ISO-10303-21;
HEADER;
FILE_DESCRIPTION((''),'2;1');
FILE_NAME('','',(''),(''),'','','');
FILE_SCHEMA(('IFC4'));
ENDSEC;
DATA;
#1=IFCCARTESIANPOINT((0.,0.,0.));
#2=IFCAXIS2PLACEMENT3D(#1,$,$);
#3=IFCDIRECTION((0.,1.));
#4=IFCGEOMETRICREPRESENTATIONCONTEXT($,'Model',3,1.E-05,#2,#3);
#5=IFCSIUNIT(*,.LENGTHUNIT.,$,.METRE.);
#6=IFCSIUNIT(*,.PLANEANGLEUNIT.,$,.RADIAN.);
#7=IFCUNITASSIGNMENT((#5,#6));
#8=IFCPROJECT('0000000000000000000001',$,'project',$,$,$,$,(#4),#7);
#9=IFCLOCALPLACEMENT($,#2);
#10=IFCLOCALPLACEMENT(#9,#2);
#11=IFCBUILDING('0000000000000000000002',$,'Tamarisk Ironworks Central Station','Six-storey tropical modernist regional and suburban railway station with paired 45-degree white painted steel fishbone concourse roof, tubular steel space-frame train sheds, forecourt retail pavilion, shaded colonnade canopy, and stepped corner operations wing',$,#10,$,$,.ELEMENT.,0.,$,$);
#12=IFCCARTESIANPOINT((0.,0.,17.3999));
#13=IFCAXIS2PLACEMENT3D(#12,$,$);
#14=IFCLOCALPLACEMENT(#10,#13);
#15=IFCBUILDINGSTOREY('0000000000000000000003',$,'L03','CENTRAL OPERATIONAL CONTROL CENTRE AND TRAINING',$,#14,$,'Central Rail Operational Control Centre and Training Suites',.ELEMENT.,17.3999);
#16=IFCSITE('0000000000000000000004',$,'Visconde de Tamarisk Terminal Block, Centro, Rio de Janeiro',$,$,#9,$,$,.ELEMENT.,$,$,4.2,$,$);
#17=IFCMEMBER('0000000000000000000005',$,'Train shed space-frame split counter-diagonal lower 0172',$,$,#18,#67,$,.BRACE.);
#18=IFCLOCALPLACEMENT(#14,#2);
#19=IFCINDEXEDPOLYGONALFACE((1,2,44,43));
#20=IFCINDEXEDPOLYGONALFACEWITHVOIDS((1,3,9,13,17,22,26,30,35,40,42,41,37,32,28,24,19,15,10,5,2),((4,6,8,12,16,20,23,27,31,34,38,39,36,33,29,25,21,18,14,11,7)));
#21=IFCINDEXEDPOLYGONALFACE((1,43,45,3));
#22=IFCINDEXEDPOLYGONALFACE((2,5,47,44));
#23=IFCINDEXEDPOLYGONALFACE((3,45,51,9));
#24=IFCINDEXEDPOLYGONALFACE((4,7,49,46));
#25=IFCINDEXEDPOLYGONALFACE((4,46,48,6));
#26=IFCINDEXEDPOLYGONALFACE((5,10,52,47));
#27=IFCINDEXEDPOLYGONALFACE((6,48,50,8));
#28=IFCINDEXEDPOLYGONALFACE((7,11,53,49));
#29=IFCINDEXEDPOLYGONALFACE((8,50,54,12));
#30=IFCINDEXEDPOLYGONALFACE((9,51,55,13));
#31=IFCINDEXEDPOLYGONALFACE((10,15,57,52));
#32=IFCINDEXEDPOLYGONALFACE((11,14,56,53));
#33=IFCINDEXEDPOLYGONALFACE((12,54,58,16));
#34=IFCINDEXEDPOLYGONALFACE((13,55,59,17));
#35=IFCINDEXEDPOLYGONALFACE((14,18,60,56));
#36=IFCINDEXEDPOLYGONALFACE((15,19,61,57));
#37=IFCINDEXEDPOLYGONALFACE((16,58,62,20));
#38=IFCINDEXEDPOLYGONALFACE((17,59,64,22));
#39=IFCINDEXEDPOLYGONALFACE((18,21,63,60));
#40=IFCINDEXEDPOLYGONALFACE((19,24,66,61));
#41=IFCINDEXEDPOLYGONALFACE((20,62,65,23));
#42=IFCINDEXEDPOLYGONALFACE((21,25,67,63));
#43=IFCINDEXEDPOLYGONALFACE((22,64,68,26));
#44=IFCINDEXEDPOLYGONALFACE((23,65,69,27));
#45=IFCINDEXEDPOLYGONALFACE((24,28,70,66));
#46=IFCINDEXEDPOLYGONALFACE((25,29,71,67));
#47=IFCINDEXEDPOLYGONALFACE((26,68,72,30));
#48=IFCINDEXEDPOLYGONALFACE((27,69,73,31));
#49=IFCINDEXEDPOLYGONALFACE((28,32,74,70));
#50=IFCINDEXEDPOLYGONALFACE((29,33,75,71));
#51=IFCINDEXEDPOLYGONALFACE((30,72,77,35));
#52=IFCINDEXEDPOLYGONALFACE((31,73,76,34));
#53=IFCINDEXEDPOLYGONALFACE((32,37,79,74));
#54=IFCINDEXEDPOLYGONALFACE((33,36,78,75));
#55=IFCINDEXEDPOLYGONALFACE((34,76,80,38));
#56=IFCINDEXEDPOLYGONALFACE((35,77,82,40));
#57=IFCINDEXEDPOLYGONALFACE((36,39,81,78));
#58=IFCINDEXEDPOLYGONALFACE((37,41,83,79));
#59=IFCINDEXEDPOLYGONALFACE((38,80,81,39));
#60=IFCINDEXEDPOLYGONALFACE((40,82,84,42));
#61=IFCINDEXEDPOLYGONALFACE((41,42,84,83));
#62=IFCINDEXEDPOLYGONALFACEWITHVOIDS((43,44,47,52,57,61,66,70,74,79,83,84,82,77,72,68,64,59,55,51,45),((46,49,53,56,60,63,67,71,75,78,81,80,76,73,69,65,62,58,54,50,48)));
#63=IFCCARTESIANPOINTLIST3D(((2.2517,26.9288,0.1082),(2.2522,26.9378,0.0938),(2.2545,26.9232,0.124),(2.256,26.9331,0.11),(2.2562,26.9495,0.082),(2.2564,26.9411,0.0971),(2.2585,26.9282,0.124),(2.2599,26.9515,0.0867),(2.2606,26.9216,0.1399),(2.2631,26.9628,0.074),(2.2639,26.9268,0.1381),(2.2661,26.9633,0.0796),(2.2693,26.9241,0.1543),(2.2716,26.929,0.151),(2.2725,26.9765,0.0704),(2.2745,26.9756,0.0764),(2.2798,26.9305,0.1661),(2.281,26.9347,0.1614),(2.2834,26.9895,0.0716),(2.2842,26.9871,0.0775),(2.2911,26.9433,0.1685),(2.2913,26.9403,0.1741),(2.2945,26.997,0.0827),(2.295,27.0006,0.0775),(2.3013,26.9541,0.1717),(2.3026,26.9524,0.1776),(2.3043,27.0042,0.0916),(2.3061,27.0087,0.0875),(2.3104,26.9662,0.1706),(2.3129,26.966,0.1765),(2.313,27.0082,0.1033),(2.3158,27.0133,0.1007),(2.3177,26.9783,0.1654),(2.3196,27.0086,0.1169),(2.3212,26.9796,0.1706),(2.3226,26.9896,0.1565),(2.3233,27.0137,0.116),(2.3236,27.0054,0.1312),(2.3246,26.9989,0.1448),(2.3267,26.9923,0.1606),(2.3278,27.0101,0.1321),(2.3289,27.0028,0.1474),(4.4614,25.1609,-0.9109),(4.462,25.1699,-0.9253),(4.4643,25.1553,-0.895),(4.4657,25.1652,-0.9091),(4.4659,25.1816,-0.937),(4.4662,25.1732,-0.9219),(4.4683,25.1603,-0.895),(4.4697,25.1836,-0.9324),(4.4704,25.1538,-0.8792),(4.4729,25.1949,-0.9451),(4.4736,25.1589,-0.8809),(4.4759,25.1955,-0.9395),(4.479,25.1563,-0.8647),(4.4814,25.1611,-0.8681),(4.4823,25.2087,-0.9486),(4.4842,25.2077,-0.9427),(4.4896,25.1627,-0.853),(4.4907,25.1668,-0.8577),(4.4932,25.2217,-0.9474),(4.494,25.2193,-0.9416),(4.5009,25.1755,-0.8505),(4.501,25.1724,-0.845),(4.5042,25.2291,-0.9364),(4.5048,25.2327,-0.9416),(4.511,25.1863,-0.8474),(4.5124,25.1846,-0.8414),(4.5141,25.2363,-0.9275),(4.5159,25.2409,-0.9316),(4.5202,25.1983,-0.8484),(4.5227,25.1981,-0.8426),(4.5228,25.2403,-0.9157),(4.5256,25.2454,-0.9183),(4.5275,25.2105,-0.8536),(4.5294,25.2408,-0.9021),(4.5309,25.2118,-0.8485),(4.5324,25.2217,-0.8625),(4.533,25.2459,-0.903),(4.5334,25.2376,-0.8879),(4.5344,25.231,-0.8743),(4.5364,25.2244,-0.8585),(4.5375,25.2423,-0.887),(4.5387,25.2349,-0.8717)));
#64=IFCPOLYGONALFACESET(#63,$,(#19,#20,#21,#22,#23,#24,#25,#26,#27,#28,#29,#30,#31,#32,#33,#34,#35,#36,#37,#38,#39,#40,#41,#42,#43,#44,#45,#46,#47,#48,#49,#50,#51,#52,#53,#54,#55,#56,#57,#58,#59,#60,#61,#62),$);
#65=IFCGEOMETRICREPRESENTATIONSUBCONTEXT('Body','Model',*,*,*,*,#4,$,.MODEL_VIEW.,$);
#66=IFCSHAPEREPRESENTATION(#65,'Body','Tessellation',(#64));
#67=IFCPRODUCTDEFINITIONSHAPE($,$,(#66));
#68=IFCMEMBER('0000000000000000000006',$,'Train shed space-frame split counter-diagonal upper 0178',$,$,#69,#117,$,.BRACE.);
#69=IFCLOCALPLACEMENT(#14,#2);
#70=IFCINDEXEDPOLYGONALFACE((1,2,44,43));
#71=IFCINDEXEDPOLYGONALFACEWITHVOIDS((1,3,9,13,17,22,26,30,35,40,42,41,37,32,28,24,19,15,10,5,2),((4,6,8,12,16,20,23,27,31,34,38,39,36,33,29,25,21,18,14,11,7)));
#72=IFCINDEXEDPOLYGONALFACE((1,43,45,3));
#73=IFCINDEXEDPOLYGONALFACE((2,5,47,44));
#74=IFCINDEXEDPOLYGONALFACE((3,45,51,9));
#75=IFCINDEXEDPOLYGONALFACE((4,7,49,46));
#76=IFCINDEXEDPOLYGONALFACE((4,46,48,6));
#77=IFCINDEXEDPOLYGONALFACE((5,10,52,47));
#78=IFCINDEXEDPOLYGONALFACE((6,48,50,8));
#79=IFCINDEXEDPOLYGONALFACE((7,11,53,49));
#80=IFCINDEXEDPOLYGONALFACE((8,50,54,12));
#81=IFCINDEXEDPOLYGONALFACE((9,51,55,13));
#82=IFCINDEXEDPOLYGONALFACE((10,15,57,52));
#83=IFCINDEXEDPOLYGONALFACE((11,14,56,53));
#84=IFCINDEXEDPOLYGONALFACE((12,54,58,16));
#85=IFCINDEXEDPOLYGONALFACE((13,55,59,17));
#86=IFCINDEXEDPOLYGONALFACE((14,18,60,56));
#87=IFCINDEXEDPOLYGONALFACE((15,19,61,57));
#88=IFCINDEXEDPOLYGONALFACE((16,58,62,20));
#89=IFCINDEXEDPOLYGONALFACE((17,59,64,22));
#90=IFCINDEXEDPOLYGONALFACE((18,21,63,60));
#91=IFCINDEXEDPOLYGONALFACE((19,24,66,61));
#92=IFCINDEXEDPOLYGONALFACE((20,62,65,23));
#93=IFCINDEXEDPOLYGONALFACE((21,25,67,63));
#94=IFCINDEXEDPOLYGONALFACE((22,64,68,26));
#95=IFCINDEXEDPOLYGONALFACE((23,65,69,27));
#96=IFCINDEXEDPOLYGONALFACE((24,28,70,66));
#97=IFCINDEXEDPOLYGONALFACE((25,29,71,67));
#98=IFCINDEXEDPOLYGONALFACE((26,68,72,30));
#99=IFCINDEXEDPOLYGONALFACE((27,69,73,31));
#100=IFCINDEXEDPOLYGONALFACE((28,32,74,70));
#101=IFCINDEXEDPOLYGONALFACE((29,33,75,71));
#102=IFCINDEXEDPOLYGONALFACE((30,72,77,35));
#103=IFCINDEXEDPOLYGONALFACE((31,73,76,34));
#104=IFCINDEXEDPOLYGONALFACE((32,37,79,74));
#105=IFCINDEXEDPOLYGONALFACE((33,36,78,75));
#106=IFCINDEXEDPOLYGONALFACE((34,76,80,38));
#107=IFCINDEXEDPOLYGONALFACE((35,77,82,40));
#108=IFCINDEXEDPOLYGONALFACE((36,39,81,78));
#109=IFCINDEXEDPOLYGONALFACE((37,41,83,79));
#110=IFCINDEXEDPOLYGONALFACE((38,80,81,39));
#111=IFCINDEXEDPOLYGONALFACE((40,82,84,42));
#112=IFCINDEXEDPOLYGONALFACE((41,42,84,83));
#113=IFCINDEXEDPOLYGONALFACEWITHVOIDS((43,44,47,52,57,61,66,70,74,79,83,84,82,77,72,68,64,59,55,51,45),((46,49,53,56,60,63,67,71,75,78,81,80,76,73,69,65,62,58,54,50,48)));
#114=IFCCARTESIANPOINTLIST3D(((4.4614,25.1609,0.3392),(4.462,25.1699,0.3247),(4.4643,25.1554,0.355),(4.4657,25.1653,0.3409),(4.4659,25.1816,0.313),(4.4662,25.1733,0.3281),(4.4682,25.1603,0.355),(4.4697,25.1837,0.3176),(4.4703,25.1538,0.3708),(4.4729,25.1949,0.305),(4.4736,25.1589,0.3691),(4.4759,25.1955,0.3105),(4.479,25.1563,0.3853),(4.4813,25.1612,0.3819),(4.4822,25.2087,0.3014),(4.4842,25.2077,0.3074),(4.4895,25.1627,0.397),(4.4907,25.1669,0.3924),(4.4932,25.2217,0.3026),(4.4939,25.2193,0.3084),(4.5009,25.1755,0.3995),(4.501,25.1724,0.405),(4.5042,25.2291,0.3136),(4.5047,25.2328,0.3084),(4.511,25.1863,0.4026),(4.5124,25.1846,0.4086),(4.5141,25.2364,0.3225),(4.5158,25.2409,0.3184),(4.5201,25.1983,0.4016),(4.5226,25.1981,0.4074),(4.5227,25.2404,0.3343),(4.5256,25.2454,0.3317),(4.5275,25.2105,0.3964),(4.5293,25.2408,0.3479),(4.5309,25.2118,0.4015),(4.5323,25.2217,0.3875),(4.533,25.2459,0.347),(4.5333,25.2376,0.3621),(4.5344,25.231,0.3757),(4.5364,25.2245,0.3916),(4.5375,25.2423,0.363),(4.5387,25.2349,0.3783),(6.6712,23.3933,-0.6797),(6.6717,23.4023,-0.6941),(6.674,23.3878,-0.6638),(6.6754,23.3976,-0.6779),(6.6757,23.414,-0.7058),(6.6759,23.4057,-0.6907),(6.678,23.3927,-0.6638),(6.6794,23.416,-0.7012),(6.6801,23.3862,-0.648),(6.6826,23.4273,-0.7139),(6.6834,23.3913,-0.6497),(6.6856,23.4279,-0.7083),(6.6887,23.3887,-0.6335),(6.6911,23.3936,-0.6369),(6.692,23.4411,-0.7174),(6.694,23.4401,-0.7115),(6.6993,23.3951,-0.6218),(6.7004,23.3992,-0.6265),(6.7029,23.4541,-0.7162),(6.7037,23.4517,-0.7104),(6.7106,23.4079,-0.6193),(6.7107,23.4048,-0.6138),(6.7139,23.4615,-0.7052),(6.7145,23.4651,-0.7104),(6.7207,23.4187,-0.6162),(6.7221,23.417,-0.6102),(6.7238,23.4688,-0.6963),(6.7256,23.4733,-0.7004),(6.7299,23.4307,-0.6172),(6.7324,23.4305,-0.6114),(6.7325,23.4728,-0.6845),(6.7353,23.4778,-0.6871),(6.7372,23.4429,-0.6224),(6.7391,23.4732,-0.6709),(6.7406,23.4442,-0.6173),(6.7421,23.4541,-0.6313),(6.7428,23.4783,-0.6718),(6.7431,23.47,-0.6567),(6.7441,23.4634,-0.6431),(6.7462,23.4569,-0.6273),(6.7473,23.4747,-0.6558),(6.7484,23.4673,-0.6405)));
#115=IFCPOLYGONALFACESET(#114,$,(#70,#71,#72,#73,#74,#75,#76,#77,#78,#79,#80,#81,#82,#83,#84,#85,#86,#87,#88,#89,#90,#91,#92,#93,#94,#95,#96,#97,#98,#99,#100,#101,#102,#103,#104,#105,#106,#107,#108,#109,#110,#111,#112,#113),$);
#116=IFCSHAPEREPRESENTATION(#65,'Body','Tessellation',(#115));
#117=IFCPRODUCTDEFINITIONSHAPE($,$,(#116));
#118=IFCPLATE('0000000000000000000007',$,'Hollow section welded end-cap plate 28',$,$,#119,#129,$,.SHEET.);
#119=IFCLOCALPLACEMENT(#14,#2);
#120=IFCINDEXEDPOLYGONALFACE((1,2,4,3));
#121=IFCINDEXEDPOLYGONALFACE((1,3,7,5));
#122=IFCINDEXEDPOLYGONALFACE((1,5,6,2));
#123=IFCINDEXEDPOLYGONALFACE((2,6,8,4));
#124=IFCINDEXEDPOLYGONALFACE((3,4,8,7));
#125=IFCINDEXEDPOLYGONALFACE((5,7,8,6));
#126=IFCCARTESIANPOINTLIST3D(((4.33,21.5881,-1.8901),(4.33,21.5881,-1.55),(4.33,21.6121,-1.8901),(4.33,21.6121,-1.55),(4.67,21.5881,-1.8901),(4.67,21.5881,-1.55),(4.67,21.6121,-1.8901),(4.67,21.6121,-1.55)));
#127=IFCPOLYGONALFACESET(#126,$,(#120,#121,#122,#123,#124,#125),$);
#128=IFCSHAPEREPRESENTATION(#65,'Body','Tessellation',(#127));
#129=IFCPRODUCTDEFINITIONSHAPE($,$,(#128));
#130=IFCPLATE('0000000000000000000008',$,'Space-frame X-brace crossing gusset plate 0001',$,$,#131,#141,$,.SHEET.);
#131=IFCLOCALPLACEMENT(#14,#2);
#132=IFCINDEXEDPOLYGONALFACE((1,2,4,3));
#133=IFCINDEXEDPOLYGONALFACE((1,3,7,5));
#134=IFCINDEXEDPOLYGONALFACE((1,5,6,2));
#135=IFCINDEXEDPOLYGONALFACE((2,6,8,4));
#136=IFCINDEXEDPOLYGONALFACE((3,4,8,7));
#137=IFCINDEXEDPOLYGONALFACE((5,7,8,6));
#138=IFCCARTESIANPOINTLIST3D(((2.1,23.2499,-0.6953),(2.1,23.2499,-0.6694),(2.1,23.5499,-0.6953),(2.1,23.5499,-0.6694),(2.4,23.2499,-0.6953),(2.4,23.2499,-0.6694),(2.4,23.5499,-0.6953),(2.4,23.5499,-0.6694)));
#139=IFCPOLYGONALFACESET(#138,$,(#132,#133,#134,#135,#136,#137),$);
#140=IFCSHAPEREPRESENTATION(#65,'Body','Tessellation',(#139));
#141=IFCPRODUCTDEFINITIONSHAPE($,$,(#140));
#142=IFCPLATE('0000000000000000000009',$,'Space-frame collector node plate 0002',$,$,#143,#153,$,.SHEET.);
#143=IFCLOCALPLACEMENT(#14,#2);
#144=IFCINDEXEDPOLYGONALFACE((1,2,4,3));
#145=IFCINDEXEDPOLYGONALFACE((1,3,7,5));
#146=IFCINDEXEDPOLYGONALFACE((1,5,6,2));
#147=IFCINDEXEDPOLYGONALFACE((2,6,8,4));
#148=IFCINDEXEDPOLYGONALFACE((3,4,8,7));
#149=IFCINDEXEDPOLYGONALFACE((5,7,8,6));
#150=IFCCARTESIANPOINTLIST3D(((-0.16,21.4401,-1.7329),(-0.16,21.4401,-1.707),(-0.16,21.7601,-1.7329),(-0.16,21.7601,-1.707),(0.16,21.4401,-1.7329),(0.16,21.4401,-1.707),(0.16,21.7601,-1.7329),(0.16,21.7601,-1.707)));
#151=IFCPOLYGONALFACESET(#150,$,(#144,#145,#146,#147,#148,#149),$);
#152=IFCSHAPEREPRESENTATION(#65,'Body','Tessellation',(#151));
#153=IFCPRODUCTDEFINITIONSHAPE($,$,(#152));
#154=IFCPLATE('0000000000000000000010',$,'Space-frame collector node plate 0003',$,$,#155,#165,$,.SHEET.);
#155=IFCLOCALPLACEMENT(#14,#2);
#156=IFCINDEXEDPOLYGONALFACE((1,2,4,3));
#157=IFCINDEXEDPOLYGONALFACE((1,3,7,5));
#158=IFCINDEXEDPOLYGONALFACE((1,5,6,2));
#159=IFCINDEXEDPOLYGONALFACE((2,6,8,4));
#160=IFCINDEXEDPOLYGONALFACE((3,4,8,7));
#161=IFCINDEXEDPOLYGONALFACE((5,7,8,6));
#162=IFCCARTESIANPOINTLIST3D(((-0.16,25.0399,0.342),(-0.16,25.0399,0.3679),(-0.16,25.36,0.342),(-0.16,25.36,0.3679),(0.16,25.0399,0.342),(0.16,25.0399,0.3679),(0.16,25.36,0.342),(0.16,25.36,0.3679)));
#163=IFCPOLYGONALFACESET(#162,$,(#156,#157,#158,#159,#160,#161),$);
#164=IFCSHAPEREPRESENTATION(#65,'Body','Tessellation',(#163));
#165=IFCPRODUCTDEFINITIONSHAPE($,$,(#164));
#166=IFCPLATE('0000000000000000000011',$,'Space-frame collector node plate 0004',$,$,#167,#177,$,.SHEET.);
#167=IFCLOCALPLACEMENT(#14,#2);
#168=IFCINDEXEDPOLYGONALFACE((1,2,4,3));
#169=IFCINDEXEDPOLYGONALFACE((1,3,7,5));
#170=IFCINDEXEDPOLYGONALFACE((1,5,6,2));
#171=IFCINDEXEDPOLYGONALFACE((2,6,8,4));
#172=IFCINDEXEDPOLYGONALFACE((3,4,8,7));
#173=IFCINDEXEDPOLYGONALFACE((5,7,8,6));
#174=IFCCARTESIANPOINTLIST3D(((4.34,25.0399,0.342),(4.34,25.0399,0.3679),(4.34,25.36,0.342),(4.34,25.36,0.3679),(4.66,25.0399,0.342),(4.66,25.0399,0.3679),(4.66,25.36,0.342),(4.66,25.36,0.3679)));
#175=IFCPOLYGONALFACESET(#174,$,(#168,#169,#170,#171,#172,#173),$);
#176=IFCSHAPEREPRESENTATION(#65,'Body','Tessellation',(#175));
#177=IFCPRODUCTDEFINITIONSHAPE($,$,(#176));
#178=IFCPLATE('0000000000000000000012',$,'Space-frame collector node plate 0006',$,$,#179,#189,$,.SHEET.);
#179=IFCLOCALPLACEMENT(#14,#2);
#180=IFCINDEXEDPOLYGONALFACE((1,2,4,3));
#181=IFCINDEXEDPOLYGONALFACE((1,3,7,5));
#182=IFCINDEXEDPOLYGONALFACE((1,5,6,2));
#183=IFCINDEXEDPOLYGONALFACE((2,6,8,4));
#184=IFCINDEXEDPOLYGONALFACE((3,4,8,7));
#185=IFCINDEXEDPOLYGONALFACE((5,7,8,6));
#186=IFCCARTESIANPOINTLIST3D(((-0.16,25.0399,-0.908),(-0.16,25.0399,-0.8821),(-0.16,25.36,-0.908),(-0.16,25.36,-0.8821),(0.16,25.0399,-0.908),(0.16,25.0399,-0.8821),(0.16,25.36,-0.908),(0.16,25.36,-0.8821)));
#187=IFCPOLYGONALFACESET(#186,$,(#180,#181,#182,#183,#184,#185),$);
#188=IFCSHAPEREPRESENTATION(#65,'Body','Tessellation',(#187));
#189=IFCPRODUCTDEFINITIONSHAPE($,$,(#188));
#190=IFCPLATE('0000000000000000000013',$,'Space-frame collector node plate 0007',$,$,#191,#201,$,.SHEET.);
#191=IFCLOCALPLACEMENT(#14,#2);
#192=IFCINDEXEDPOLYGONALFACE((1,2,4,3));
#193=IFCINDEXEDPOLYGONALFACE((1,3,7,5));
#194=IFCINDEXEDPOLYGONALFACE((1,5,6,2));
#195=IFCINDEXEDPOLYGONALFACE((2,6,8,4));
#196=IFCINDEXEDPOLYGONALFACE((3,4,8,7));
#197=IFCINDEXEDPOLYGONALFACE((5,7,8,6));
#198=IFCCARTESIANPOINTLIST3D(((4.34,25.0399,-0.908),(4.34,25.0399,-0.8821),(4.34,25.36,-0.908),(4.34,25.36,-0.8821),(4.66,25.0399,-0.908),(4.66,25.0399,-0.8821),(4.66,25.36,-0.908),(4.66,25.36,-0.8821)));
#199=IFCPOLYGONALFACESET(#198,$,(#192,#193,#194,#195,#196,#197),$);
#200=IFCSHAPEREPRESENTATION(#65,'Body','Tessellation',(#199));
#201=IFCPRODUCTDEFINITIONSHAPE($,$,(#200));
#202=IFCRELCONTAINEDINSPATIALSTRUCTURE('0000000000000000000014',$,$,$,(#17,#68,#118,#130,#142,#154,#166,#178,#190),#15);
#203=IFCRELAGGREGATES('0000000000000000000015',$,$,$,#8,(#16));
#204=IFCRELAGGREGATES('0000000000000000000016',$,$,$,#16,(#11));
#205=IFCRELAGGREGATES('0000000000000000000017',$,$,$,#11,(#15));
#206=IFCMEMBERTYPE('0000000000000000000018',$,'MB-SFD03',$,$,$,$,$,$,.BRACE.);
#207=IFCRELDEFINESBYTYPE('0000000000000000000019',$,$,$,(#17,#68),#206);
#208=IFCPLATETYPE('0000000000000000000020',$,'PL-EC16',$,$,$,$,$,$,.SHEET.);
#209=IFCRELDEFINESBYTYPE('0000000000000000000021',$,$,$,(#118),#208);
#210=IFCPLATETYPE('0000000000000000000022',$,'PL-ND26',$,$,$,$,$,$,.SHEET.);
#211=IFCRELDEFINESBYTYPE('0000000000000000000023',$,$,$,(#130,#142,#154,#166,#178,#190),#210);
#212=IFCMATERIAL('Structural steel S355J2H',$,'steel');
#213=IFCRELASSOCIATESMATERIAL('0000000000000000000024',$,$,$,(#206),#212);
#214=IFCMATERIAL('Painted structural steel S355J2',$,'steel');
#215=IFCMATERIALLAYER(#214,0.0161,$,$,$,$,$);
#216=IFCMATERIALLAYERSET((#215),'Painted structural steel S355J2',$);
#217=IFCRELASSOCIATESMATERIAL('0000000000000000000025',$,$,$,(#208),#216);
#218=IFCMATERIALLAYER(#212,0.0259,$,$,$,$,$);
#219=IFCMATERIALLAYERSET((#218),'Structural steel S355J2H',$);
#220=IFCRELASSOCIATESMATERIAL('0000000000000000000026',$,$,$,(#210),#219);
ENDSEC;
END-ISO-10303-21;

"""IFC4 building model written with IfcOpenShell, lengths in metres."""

from ifc_helpers import new_model, si_unit, direction, frame, origin, origin_2d, place, context, subcontext, project, spatial, rectangle, hollow_circle, extrude, material, layer, layer_set, material_profile, profile_set, type_object, element, save


model = new_model("IFC4")

# Units and contexts
model_context = context("Model", 3, precision=1e-05, world=origin(), true_north=direction((0.0, 1.0)))
body_context = subcontext(model_context, "Body", "Model", "MODEL_VIEW")
ifc_project = project(units=[si_unit("LENGTHUNIT", "METRE"), si_unit("PLANEANGLEUNIT", "RADIAN")], contexts=[model_context])

# Site, building, storey
site_placement = place(None, origin())
site = spatial("IfcSite", under=ifc_project, at=site_placement, Name="Visconde de Tamarisk Terminal Block, Centro, Rio de Janeiro", CompositionType="ELEMENT", RefElevation=4.2)
building_placement = place(site_placement, origin())
building = spatial("IfcBuilding", under=site, at=building_placement, Name="Tamarisk Ironworks Central Station", Description="Six-storey tropical modernist regional and suburban railway station with paired 45-degree white painted steel fishbone concourse roof, tubular steel space-frame train sheds, forecourt retail pavilion, shaded colonnade canopy, and stepped corner operations wing", CompositionType="ELEMENT", ElevationOfRefHeight=0.0)
storey_placement = place(building_placement, frame((0.0, 0.0, 17.3999)))
storey = spatial("IfcBuildingStorey", under=building, at=storey_placement, Name="L03", Description="CENTRAL OPERATIONAL CONTROL CENTRE AND TRAINING", LongName="Central Rail Operational Control Centre and Training Suites", CompositionType="ELEMENT", Elevation=17.3999)

# Members
ifc_material_1 = material(Name="Structural steel S355J2H", Category="steel")
ifc_material_profile_1 = material_profile(ifc_material_1, hollow_circle(Radius=0.0571, WallThickness=0.0063, at=origin_2d()), Name="CHS 114.3x6.3")
ifc_profile_set_1 = profile_set([ifc_material_profile_1], Name="Structural steel S355J2H")
member_type_1 = type_object("IfcMemberType", Name="MB-SFD03", PredefinedType="BRACE", material=ifc_profile_set_1)
member_1_placement = place(storey_placement, frame((4.5, 25.2, -0.895), z_axis=(-0.734677, 0.587758, 0.338807), x_axis=(-0.624706, -0.78086, 0.0)))
element("IfcMember", 1, at=member_1_placement, inside=storey, type_object=member_type_1, Name="Train shed space-frame split counter-diagonal lower 0172", PredefinedType="BRACE", context=body_context, shape_type="SweptSolid", body=[
    extrude(hollow_circle(Radius=0.0571, WallThickness=0.0063, at=origin_2d()), origin(), (0.0, 0.0, 1.0), 3.0078),
])
member_2_placement = place(storey_placement, frame((6.7097, 23.4324, -0.6638), z_axis=(-0.734732, 0.587721, 0.338751), x_axis=(-0.624653, -0.780902, 0.0)))
element("IfcMember", 2, at=member_2_placement, inside=storey, type_object=member_type_1, Name="Train shed space-frame split counter-diagonal upper 0178", PredefinedType="BRACE", context=body_context, shape_type="SweptSolid", body=[
    extrude(hollow_circle(Radius=0.0571, WallThickness=0.0063, at=origin_2d()), origin(), (0.0, 0.0, 1.0), 3.0076),
])

# Plates
ifc_material_2 = material(Name="Painted structural steel S355J2", Category="steel")
ifc_layer_1 = layer(ifc_material_2, 0.0161)
ifc_layer_set_1 = layer_set([ifc_layer_1], Name="Painted structural steel S355J2")
plate_type_1 = type_object("IfcPlateType", Name="PL-EC16", PredefinedType="SHEET", material=ifc_layer_set_1)
plate_1_placement = place(storey_placement, frame((4.5, 21.6001, -1.8901), z_axis=(0.0, 0.0, 1.0), x_axis=(1.0, 0.0, 0.0)))
element("IfcPlate", 3, at=plate_1_placement, inside=storey, type_object=plate_type_1, Name="Hollow section welded end-cap plate 28", PredefinedType="SHEET", context=body_context, shape_type="SweptSolid", body=[
    extrude(rectangle(XDim=0.3401, YDim=0.0239, at=origin_2d()), origin(), (0.0, 0.0, 1.0), 0.3401),
])
ifc_layer_2 = layer(ifc_material_1, 0.0259)
ifc_layer_set_2 = layer_set([ifc_layer_2], Name="Structural steel S355J2H")
plate_type_2 = type_object("IfcPlateType", Name="PL-ND26", PredefinedType="SHEET", material=ifc_layer_set_2)
plate_2_placement = place(storey_placement, frame((2.25, 23.3999, -0.6953), z_axis=(0.0, 0.0, 1.0), x_axis=(1.0, 0.0, 0.0)))
element("IfcPlate", 4, at=plate_2_placement, inside=storey, type_object=plate_type_2, Name="Space-frame X-brace crossing gusset plate 0001", PredefinedType="SHEET", context=body_context, shape_type="SweptSolid", body=[
    extrude(rectangle(XDim=0.3, YDim=0.3, at=origin_2d()), origin(), (0.0, 0.0, 1.0), 0.0259),
])
for number, where, z_axis, x_axis, name in (
    (5, (0.0, 21.6001, -1.7329), (0.0, 0.0, 1.0), (1.0, 0.0, 0.0), "Space-frame collector node plate 0002"),
    (6, (0.0, 25.2, 0.342), (0.0, 0.0, 1.0), (1.0, 0.0, 0.0), "Space-frame collector node plate 0003"),
    (7, (4.5, 25.2, 0.342), (0.0, 0.0, 1.0), (1.0, 0.0, 0.0), "Space-frame collector node plate 0004"),
    (8, (0.0, 25.2, -0.908), (0.0, 0.0, 1.0), (1.0, 0.0, 0.0), "Space-frame collector node plate 0006"),
    (9, (4.5, 25.2, -0.908), (0.0, 0.0, 1.0), (1.0, 0.0, 0.0), "Space-frame collector node plate 0007"),
):
    element("IfcPlate", number, at=place(storey_placement, frame(where, z_axis=z_axis, x_axis=x_axis)), inside=storey, type_object=plate_type_2, Name=name, PredefinedType="SHEET", context=body_context, shape_type="SweptSolid", body=[
        extrude(rectangle(XDim=0.3201, YDim=0.3201, at=origin_2d()), origin(), (0.0, 0.0, 1.0), 0.0259),
    ])

save(model, "model.ifc")
